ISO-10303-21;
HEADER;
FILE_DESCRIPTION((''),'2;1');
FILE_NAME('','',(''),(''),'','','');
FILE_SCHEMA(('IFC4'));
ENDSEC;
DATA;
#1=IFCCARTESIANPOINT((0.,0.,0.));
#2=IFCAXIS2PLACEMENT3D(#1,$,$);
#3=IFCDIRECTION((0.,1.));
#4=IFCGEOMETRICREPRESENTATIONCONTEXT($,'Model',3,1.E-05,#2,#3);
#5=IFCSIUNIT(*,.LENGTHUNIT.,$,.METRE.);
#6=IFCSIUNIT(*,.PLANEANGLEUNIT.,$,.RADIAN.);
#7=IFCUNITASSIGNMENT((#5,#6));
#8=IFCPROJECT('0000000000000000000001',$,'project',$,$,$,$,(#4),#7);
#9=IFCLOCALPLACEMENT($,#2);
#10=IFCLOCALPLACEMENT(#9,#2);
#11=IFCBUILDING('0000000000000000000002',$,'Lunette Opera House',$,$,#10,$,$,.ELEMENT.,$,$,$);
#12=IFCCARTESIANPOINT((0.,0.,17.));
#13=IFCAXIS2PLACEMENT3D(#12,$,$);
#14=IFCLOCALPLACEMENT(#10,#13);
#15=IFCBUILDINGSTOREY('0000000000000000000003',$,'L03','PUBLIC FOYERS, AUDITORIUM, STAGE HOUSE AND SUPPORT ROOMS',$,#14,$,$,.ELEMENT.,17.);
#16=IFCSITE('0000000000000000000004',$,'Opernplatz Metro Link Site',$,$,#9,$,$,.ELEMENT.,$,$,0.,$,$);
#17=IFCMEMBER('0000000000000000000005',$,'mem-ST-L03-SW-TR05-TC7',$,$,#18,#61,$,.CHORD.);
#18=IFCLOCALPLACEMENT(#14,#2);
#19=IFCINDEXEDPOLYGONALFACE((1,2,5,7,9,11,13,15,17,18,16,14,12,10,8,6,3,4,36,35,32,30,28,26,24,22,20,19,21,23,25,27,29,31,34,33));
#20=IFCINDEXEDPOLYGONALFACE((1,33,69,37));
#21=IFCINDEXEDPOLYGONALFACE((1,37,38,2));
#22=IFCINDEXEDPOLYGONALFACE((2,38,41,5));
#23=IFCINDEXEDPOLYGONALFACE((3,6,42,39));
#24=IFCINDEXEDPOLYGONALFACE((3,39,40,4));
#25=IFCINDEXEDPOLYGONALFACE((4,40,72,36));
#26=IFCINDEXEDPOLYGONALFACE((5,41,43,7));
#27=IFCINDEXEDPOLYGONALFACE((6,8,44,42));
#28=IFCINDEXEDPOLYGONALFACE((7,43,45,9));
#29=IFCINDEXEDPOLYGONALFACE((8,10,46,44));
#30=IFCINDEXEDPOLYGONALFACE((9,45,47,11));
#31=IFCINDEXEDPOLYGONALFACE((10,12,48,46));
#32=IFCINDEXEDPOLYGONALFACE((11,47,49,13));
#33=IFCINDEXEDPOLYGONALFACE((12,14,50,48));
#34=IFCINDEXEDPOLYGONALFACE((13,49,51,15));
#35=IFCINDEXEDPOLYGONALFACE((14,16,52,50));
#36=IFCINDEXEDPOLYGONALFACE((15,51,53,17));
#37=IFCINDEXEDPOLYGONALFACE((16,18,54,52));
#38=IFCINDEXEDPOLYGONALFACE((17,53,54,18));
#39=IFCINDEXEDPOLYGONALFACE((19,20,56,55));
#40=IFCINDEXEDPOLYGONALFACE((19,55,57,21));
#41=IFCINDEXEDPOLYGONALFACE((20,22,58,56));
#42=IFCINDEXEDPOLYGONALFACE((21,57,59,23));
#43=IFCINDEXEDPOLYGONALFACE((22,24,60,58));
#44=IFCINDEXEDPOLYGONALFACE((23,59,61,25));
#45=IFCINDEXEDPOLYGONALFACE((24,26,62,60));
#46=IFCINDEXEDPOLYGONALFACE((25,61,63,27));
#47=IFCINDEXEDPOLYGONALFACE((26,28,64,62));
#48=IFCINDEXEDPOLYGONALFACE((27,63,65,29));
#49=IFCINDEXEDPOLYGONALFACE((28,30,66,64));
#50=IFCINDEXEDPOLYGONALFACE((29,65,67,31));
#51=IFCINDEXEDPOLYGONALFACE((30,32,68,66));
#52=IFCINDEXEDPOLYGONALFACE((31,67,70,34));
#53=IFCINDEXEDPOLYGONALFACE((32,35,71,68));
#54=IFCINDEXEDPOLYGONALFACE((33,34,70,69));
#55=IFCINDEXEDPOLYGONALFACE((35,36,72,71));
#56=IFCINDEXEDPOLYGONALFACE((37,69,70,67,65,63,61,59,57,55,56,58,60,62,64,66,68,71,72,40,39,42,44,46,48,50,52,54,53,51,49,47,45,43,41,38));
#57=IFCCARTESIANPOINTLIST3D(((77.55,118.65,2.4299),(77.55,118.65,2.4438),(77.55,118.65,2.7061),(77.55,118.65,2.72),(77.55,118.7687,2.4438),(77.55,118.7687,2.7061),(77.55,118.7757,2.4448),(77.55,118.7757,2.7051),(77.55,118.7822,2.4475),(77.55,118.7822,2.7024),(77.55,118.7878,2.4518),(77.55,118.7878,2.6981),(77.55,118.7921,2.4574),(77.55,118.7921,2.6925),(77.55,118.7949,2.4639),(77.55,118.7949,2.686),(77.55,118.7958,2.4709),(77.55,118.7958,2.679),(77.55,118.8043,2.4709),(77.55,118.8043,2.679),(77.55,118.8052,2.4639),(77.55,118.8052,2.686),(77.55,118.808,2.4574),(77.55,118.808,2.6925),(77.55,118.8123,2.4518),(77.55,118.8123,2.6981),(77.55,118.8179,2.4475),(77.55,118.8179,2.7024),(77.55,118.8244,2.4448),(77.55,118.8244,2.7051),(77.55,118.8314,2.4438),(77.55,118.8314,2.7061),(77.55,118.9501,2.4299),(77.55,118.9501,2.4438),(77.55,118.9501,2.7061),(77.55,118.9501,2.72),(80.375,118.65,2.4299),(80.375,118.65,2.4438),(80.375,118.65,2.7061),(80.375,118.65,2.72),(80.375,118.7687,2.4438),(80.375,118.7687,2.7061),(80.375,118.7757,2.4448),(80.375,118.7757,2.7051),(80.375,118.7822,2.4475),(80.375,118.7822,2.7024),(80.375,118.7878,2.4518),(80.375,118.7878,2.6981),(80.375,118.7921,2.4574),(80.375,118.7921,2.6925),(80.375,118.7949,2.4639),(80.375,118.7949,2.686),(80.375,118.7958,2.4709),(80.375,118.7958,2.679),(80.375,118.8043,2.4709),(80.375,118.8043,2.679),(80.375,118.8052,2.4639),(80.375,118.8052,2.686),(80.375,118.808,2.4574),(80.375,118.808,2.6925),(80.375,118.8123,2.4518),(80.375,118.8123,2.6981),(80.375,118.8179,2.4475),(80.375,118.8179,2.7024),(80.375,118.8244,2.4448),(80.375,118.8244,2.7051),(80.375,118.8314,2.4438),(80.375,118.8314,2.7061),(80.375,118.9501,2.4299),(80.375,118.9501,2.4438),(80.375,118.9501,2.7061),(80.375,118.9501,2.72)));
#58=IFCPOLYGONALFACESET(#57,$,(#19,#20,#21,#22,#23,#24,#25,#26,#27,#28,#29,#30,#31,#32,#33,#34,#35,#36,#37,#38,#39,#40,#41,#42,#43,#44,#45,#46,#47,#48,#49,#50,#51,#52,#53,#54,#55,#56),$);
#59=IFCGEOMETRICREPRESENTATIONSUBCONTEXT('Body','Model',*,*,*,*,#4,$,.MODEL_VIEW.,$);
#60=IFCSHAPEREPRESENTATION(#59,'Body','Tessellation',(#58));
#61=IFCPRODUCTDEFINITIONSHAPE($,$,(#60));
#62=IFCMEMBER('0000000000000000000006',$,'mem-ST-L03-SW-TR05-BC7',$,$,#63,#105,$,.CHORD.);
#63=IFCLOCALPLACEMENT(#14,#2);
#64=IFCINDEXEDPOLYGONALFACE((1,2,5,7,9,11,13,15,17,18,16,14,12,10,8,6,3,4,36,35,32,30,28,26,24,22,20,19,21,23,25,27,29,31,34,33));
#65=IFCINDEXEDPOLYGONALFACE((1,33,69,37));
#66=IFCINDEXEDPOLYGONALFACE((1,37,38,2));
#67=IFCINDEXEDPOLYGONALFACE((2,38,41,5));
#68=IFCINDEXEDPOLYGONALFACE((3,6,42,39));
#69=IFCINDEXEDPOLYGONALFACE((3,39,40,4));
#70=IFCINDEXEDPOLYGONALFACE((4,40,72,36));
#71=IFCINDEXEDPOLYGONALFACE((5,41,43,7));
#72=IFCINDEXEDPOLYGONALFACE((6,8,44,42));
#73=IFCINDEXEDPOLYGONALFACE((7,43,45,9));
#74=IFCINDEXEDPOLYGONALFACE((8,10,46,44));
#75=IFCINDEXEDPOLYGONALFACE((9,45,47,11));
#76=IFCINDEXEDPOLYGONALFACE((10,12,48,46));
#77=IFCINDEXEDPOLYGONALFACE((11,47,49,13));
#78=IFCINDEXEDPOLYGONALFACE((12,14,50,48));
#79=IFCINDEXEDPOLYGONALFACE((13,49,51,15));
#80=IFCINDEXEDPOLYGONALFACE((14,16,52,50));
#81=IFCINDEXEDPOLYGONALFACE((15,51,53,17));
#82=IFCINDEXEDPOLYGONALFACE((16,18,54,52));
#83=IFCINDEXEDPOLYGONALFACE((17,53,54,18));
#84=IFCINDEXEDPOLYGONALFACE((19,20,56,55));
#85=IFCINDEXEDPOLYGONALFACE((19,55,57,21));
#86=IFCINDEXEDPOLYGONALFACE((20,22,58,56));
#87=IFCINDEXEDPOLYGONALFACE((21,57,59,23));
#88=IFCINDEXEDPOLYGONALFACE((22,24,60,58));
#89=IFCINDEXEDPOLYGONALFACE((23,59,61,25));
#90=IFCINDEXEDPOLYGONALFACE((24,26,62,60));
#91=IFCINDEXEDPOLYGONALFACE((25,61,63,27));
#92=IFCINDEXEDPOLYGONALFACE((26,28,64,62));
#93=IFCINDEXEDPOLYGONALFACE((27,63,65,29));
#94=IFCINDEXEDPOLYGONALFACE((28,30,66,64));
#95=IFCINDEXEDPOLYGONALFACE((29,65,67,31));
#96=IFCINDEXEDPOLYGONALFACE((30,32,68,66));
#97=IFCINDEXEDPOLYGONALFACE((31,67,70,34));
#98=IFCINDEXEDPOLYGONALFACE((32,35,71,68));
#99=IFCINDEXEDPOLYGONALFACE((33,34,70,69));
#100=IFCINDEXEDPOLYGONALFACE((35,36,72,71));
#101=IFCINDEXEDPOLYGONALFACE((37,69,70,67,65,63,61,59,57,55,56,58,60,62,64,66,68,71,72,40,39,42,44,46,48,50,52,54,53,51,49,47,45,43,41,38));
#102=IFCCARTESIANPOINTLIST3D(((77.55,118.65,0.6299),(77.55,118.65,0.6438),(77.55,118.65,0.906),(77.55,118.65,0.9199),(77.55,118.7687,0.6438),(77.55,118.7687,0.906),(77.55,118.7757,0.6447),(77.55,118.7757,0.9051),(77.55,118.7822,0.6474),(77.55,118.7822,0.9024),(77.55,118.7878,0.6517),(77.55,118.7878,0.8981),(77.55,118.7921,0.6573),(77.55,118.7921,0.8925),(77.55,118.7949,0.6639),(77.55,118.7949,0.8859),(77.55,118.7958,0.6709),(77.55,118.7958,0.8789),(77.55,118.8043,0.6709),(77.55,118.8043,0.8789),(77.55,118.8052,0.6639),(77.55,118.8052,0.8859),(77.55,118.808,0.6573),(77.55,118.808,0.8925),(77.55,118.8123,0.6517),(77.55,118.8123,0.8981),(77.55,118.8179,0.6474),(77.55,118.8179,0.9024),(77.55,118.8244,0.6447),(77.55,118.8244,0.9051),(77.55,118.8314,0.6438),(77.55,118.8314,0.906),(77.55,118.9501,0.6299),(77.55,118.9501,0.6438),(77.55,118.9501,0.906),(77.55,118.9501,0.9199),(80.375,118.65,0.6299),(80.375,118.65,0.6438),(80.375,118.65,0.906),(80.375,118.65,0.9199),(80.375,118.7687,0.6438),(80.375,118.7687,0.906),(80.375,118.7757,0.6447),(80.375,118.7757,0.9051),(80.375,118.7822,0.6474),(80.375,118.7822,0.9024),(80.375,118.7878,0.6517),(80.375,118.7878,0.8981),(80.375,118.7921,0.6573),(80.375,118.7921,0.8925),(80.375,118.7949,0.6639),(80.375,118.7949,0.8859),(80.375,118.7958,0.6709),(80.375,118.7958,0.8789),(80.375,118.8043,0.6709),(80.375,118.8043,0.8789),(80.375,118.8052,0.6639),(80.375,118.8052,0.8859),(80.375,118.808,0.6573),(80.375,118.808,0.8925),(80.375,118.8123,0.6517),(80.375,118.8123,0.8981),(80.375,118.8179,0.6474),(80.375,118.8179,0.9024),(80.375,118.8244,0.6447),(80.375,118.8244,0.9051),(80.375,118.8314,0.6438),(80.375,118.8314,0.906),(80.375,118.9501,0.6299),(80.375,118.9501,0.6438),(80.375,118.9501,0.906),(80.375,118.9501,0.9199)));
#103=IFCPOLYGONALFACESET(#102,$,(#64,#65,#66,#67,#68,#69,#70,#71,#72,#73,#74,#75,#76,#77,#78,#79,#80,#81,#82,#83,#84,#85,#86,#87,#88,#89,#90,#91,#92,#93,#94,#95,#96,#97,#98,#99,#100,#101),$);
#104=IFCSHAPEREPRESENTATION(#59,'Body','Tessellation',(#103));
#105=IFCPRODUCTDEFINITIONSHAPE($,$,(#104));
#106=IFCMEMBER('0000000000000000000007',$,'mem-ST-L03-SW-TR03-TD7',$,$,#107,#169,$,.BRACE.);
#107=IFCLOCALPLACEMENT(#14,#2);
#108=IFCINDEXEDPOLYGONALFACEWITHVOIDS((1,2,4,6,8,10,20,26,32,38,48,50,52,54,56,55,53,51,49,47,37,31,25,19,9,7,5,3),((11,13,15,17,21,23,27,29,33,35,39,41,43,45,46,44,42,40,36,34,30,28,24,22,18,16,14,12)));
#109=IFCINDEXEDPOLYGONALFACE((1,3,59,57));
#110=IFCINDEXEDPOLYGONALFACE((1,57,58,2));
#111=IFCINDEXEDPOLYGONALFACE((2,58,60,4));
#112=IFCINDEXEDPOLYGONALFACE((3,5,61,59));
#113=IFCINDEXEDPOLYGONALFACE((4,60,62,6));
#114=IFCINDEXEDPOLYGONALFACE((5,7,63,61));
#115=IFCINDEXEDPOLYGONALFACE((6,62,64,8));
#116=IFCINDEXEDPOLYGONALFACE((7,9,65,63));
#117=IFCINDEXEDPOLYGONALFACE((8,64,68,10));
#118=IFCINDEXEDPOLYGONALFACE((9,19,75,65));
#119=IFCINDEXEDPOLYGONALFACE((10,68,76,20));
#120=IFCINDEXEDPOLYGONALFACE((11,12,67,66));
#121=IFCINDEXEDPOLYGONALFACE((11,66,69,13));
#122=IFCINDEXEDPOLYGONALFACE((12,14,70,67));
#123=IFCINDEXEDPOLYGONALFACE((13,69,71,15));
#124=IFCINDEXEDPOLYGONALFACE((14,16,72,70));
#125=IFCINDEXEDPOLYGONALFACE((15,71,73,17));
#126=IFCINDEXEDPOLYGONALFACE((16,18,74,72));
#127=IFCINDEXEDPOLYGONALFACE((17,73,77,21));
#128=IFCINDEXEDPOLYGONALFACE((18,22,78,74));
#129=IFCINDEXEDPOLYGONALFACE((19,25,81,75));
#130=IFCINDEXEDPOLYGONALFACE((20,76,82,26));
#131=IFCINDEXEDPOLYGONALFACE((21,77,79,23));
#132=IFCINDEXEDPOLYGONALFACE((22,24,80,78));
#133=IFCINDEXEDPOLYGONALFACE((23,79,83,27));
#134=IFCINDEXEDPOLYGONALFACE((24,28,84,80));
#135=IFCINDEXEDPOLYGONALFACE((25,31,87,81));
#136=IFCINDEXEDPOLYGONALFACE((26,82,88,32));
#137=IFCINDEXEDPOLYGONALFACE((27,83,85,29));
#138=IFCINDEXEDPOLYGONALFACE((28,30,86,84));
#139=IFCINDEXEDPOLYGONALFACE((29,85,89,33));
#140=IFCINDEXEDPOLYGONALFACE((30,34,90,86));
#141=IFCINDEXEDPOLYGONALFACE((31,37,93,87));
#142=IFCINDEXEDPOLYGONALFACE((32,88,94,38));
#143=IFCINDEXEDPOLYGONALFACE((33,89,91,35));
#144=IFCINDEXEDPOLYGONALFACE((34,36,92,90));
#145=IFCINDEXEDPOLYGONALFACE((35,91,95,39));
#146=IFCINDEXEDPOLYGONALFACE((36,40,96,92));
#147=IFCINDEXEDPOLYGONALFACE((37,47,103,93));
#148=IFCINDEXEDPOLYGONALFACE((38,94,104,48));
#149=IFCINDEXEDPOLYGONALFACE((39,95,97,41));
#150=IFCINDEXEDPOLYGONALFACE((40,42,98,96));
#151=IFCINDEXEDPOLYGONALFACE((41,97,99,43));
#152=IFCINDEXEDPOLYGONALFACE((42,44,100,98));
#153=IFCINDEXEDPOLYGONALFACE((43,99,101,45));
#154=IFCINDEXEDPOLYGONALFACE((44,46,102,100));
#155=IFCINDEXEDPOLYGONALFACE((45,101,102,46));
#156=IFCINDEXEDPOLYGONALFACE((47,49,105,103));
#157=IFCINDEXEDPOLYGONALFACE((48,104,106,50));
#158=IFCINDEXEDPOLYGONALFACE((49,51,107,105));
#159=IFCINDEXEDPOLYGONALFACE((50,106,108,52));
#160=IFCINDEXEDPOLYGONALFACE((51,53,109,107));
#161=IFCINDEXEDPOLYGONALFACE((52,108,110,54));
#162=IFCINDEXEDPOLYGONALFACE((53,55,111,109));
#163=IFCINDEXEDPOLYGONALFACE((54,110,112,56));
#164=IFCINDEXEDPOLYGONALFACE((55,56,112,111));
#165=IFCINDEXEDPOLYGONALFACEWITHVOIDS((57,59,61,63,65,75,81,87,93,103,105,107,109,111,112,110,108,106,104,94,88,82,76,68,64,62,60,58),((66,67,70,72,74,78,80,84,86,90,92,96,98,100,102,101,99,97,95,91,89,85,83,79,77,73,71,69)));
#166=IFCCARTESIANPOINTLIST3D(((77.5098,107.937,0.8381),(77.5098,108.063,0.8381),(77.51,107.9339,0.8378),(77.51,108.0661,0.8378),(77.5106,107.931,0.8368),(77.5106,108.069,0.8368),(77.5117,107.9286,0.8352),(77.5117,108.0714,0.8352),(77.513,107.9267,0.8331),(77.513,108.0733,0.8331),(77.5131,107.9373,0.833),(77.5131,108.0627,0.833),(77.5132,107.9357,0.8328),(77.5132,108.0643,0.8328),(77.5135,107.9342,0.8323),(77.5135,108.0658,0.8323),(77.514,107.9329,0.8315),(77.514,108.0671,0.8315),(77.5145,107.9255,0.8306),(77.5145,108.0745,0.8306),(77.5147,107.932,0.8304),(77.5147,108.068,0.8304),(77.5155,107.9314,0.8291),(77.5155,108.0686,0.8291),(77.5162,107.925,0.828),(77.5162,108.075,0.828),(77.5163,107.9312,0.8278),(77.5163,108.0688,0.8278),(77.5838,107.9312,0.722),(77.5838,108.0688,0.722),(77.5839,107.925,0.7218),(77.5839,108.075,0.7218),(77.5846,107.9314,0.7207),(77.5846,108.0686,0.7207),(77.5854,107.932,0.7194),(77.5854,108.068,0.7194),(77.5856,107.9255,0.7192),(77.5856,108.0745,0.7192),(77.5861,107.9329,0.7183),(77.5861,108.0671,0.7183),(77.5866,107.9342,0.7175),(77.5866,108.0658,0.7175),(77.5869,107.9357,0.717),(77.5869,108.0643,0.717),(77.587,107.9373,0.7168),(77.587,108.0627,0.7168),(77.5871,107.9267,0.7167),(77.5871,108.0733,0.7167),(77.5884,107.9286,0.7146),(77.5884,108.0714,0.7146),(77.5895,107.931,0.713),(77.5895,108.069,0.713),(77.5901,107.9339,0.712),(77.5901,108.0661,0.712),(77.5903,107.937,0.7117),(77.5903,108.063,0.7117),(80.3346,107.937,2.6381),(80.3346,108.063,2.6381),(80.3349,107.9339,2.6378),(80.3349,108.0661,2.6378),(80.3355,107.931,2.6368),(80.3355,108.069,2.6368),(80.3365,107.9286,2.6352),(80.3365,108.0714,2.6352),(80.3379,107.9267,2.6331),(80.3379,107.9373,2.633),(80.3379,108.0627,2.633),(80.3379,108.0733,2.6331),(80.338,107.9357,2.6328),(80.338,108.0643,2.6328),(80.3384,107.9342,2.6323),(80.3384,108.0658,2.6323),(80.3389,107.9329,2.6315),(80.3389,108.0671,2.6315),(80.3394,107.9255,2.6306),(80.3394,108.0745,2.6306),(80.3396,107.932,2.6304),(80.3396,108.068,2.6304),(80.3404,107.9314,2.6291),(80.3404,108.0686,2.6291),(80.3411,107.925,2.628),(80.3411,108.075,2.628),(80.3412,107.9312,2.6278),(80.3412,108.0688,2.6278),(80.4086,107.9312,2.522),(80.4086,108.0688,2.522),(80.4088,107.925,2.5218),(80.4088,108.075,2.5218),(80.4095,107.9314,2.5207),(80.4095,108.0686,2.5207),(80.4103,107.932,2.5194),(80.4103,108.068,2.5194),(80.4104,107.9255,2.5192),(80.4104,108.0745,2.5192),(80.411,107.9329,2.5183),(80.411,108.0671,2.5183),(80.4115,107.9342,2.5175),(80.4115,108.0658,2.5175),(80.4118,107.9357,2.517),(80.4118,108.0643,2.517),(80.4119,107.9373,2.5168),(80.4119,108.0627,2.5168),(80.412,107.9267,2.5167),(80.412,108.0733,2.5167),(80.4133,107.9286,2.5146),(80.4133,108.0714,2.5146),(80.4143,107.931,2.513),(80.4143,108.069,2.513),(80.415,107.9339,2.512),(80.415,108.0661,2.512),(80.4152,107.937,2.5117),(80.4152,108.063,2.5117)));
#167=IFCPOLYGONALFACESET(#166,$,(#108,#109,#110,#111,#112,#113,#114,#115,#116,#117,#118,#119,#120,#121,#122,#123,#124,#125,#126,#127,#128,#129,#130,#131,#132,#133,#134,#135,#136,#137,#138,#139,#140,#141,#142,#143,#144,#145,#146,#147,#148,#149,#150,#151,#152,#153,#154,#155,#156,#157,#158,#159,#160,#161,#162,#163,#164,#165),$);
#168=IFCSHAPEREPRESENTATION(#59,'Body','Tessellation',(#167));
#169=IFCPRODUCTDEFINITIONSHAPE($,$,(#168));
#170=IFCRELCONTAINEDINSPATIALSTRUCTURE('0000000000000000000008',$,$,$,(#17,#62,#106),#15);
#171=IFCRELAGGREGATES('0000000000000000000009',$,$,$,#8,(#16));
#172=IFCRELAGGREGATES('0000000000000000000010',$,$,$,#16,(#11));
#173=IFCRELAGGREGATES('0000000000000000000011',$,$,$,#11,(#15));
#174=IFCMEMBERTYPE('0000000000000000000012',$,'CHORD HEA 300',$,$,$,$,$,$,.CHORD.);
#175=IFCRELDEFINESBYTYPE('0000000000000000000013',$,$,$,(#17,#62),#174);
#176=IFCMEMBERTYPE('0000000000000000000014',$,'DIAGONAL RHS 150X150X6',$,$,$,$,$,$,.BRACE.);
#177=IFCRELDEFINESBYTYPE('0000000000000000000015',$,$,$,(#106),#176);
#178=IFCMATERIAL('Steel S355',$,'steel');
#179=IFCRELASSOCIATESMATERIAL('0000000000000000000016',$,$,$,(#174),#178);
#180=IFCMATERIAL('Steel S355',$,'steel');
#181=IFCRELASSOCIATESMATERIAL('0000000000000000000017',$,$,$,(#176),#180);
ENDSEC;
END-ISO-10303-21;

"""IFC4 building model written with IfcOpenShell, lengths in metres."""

from ifc_helpers import new_model, si_unit, direction, frame, origin, origin_2d, place, context, subcontext, project, spatial, hollow_rectangle, i_section, extrude, material, material_profile, profile_set, type_object, element, save


model = new_model("IFC4")

# Units and contexts
model_context = context("Model", 3, precision=1e-05, world=origin(), true_north=direction((0.0, 1.0)))
body_context = subcontext(model_context, "Body", "Model", "MODEL_VIEW")
ifc_project = project(units=[si_unit("LENGTHUNIT", "METRE"), si_unit("PLANEANGLEUNIT", "RADIAN")], contexts=[model_context])

# Site, building, storey
site_placement = place(None, origin())
site = spatial("IfcSite", under=ifc_project, at=site_placement, Name="Opernplatz Metro Link Site", CompositionType="ELEMENT", RefElevation=0.0)
building_placement = place(site_placement, origin())
building = spatial("IfcBuilding", under=site, at=building_placement, Name="Lunette Opera House", CompositionType="ELEMENT")
storey_placement = place(building_placement, frame((0.0, 0.0, 17.0)))
storey = spatial("IfcBuildingStorey", under=building, at=storey_placement, Name="L03", Description="PUBLIC FOYERS, AUDITORIUM, STAGE HOUSE AND SUPPORT ROOMS", CompositionType="ELEMENT", Elevation=17.0)

# Members
ifc_material_1 = material(Name="Steel S355", Category="steel")
ifc_material_profile_1 = material_profile(ifc_material_1, i_section(OverallWidth=0.3, OverallDepth=0.29, WebThickness=0.0085, FlangeThickness=0.0139, FilletRadius=0.0271, at=origin_2d()), Name="HEA 300")
ifc_profile_set_1 = profile_set([ifc_material_profile_1], Name="Steel S355")
member_type_1 = type_object("IfcMemberType", Name="CHORD HEA 300", PredefinedType="CHORD", material=ifc_profile_set_1)
for number, where, z_axis, x_axis, name in (
    (1, (77.55, 118.8, 2.575), (1.0, 0.0, 0.0), (0.0, 1.0, 0.0), "mem-ST-L03-SW-TR05-TC7"),
    (2, (77.55, 118.8, 0.7749), (1.0, 0.0, 0.0), (0.0, 1.0, 0.0), "mem-ST-L03-SW-TR05-BC7"),
):
    element("IfcMember", number, at=place(storey_placement, frame(where, z_axis=z_axis, x_axis=x_axis)), inside=storey, type_object=member_type_1, Name=name, PredefinedType="CHORD", context=body_context, shape_type="SweptSolid", body=[
        extrude(i_section(OverallWidth=0.3, OverallDepth=0.29, WebThickness=0.0085, FlangeThickness=0.0139, FilletRadius=0.0271, at=origin_2d()), origin(), (0.0, 0.0, 1.0), 2.825),
    ])
ifc_material_2 = material(Name="Steel S355", Category="steel")
ifc_material_profile_2 = material_profile(ifc_material_2, hollow_rectangle(XDim=0.1499, YDim=0.1499, WallThickness=0.0061, InnerFilletRadius=0.0061, OuterFilletRadius=0.012, at=origin_2d()), Name="RHS 150X150X6")
ifc_profile_set_2 = profile_set([ifc_material_profile_2], Name="Steel S355")
member_type_2 = type_object("IfcMemberType", Name="DIAGONAL RHS 150X150X6", PredefinedType="BRACE", material=ifc_profile_set_2)
for number, where, z_axis, x_axis, name in (
    (3, (77.55, 108.0, 0.7749), (0.843343, 0.0, 0.537375), (0.0, 1.0, 0.0), "mem-ST-L03-SW-TR03-TD7"),
):
    element("IfcMember", number, at=place(storey_placement, frame(where, z_axis=z_axis, x_axis=x_axis)), inside=storey, type_object=member_type_2, Name=name, PredefinedType="BRACE", context=body_context, shape_type="SweptSolid", body=[
        extrude(hollow_rectangle(XDim=0.1499, YDim=0.1499, WallThickness=0.0061, InnerFilletRadius=0.0061, OuterFilletRadius=0.012, at=origin_2d()), origin(), (0.0, 0.0, 1.0), 3.3496),
    ])

save(model, "model.ifc")
